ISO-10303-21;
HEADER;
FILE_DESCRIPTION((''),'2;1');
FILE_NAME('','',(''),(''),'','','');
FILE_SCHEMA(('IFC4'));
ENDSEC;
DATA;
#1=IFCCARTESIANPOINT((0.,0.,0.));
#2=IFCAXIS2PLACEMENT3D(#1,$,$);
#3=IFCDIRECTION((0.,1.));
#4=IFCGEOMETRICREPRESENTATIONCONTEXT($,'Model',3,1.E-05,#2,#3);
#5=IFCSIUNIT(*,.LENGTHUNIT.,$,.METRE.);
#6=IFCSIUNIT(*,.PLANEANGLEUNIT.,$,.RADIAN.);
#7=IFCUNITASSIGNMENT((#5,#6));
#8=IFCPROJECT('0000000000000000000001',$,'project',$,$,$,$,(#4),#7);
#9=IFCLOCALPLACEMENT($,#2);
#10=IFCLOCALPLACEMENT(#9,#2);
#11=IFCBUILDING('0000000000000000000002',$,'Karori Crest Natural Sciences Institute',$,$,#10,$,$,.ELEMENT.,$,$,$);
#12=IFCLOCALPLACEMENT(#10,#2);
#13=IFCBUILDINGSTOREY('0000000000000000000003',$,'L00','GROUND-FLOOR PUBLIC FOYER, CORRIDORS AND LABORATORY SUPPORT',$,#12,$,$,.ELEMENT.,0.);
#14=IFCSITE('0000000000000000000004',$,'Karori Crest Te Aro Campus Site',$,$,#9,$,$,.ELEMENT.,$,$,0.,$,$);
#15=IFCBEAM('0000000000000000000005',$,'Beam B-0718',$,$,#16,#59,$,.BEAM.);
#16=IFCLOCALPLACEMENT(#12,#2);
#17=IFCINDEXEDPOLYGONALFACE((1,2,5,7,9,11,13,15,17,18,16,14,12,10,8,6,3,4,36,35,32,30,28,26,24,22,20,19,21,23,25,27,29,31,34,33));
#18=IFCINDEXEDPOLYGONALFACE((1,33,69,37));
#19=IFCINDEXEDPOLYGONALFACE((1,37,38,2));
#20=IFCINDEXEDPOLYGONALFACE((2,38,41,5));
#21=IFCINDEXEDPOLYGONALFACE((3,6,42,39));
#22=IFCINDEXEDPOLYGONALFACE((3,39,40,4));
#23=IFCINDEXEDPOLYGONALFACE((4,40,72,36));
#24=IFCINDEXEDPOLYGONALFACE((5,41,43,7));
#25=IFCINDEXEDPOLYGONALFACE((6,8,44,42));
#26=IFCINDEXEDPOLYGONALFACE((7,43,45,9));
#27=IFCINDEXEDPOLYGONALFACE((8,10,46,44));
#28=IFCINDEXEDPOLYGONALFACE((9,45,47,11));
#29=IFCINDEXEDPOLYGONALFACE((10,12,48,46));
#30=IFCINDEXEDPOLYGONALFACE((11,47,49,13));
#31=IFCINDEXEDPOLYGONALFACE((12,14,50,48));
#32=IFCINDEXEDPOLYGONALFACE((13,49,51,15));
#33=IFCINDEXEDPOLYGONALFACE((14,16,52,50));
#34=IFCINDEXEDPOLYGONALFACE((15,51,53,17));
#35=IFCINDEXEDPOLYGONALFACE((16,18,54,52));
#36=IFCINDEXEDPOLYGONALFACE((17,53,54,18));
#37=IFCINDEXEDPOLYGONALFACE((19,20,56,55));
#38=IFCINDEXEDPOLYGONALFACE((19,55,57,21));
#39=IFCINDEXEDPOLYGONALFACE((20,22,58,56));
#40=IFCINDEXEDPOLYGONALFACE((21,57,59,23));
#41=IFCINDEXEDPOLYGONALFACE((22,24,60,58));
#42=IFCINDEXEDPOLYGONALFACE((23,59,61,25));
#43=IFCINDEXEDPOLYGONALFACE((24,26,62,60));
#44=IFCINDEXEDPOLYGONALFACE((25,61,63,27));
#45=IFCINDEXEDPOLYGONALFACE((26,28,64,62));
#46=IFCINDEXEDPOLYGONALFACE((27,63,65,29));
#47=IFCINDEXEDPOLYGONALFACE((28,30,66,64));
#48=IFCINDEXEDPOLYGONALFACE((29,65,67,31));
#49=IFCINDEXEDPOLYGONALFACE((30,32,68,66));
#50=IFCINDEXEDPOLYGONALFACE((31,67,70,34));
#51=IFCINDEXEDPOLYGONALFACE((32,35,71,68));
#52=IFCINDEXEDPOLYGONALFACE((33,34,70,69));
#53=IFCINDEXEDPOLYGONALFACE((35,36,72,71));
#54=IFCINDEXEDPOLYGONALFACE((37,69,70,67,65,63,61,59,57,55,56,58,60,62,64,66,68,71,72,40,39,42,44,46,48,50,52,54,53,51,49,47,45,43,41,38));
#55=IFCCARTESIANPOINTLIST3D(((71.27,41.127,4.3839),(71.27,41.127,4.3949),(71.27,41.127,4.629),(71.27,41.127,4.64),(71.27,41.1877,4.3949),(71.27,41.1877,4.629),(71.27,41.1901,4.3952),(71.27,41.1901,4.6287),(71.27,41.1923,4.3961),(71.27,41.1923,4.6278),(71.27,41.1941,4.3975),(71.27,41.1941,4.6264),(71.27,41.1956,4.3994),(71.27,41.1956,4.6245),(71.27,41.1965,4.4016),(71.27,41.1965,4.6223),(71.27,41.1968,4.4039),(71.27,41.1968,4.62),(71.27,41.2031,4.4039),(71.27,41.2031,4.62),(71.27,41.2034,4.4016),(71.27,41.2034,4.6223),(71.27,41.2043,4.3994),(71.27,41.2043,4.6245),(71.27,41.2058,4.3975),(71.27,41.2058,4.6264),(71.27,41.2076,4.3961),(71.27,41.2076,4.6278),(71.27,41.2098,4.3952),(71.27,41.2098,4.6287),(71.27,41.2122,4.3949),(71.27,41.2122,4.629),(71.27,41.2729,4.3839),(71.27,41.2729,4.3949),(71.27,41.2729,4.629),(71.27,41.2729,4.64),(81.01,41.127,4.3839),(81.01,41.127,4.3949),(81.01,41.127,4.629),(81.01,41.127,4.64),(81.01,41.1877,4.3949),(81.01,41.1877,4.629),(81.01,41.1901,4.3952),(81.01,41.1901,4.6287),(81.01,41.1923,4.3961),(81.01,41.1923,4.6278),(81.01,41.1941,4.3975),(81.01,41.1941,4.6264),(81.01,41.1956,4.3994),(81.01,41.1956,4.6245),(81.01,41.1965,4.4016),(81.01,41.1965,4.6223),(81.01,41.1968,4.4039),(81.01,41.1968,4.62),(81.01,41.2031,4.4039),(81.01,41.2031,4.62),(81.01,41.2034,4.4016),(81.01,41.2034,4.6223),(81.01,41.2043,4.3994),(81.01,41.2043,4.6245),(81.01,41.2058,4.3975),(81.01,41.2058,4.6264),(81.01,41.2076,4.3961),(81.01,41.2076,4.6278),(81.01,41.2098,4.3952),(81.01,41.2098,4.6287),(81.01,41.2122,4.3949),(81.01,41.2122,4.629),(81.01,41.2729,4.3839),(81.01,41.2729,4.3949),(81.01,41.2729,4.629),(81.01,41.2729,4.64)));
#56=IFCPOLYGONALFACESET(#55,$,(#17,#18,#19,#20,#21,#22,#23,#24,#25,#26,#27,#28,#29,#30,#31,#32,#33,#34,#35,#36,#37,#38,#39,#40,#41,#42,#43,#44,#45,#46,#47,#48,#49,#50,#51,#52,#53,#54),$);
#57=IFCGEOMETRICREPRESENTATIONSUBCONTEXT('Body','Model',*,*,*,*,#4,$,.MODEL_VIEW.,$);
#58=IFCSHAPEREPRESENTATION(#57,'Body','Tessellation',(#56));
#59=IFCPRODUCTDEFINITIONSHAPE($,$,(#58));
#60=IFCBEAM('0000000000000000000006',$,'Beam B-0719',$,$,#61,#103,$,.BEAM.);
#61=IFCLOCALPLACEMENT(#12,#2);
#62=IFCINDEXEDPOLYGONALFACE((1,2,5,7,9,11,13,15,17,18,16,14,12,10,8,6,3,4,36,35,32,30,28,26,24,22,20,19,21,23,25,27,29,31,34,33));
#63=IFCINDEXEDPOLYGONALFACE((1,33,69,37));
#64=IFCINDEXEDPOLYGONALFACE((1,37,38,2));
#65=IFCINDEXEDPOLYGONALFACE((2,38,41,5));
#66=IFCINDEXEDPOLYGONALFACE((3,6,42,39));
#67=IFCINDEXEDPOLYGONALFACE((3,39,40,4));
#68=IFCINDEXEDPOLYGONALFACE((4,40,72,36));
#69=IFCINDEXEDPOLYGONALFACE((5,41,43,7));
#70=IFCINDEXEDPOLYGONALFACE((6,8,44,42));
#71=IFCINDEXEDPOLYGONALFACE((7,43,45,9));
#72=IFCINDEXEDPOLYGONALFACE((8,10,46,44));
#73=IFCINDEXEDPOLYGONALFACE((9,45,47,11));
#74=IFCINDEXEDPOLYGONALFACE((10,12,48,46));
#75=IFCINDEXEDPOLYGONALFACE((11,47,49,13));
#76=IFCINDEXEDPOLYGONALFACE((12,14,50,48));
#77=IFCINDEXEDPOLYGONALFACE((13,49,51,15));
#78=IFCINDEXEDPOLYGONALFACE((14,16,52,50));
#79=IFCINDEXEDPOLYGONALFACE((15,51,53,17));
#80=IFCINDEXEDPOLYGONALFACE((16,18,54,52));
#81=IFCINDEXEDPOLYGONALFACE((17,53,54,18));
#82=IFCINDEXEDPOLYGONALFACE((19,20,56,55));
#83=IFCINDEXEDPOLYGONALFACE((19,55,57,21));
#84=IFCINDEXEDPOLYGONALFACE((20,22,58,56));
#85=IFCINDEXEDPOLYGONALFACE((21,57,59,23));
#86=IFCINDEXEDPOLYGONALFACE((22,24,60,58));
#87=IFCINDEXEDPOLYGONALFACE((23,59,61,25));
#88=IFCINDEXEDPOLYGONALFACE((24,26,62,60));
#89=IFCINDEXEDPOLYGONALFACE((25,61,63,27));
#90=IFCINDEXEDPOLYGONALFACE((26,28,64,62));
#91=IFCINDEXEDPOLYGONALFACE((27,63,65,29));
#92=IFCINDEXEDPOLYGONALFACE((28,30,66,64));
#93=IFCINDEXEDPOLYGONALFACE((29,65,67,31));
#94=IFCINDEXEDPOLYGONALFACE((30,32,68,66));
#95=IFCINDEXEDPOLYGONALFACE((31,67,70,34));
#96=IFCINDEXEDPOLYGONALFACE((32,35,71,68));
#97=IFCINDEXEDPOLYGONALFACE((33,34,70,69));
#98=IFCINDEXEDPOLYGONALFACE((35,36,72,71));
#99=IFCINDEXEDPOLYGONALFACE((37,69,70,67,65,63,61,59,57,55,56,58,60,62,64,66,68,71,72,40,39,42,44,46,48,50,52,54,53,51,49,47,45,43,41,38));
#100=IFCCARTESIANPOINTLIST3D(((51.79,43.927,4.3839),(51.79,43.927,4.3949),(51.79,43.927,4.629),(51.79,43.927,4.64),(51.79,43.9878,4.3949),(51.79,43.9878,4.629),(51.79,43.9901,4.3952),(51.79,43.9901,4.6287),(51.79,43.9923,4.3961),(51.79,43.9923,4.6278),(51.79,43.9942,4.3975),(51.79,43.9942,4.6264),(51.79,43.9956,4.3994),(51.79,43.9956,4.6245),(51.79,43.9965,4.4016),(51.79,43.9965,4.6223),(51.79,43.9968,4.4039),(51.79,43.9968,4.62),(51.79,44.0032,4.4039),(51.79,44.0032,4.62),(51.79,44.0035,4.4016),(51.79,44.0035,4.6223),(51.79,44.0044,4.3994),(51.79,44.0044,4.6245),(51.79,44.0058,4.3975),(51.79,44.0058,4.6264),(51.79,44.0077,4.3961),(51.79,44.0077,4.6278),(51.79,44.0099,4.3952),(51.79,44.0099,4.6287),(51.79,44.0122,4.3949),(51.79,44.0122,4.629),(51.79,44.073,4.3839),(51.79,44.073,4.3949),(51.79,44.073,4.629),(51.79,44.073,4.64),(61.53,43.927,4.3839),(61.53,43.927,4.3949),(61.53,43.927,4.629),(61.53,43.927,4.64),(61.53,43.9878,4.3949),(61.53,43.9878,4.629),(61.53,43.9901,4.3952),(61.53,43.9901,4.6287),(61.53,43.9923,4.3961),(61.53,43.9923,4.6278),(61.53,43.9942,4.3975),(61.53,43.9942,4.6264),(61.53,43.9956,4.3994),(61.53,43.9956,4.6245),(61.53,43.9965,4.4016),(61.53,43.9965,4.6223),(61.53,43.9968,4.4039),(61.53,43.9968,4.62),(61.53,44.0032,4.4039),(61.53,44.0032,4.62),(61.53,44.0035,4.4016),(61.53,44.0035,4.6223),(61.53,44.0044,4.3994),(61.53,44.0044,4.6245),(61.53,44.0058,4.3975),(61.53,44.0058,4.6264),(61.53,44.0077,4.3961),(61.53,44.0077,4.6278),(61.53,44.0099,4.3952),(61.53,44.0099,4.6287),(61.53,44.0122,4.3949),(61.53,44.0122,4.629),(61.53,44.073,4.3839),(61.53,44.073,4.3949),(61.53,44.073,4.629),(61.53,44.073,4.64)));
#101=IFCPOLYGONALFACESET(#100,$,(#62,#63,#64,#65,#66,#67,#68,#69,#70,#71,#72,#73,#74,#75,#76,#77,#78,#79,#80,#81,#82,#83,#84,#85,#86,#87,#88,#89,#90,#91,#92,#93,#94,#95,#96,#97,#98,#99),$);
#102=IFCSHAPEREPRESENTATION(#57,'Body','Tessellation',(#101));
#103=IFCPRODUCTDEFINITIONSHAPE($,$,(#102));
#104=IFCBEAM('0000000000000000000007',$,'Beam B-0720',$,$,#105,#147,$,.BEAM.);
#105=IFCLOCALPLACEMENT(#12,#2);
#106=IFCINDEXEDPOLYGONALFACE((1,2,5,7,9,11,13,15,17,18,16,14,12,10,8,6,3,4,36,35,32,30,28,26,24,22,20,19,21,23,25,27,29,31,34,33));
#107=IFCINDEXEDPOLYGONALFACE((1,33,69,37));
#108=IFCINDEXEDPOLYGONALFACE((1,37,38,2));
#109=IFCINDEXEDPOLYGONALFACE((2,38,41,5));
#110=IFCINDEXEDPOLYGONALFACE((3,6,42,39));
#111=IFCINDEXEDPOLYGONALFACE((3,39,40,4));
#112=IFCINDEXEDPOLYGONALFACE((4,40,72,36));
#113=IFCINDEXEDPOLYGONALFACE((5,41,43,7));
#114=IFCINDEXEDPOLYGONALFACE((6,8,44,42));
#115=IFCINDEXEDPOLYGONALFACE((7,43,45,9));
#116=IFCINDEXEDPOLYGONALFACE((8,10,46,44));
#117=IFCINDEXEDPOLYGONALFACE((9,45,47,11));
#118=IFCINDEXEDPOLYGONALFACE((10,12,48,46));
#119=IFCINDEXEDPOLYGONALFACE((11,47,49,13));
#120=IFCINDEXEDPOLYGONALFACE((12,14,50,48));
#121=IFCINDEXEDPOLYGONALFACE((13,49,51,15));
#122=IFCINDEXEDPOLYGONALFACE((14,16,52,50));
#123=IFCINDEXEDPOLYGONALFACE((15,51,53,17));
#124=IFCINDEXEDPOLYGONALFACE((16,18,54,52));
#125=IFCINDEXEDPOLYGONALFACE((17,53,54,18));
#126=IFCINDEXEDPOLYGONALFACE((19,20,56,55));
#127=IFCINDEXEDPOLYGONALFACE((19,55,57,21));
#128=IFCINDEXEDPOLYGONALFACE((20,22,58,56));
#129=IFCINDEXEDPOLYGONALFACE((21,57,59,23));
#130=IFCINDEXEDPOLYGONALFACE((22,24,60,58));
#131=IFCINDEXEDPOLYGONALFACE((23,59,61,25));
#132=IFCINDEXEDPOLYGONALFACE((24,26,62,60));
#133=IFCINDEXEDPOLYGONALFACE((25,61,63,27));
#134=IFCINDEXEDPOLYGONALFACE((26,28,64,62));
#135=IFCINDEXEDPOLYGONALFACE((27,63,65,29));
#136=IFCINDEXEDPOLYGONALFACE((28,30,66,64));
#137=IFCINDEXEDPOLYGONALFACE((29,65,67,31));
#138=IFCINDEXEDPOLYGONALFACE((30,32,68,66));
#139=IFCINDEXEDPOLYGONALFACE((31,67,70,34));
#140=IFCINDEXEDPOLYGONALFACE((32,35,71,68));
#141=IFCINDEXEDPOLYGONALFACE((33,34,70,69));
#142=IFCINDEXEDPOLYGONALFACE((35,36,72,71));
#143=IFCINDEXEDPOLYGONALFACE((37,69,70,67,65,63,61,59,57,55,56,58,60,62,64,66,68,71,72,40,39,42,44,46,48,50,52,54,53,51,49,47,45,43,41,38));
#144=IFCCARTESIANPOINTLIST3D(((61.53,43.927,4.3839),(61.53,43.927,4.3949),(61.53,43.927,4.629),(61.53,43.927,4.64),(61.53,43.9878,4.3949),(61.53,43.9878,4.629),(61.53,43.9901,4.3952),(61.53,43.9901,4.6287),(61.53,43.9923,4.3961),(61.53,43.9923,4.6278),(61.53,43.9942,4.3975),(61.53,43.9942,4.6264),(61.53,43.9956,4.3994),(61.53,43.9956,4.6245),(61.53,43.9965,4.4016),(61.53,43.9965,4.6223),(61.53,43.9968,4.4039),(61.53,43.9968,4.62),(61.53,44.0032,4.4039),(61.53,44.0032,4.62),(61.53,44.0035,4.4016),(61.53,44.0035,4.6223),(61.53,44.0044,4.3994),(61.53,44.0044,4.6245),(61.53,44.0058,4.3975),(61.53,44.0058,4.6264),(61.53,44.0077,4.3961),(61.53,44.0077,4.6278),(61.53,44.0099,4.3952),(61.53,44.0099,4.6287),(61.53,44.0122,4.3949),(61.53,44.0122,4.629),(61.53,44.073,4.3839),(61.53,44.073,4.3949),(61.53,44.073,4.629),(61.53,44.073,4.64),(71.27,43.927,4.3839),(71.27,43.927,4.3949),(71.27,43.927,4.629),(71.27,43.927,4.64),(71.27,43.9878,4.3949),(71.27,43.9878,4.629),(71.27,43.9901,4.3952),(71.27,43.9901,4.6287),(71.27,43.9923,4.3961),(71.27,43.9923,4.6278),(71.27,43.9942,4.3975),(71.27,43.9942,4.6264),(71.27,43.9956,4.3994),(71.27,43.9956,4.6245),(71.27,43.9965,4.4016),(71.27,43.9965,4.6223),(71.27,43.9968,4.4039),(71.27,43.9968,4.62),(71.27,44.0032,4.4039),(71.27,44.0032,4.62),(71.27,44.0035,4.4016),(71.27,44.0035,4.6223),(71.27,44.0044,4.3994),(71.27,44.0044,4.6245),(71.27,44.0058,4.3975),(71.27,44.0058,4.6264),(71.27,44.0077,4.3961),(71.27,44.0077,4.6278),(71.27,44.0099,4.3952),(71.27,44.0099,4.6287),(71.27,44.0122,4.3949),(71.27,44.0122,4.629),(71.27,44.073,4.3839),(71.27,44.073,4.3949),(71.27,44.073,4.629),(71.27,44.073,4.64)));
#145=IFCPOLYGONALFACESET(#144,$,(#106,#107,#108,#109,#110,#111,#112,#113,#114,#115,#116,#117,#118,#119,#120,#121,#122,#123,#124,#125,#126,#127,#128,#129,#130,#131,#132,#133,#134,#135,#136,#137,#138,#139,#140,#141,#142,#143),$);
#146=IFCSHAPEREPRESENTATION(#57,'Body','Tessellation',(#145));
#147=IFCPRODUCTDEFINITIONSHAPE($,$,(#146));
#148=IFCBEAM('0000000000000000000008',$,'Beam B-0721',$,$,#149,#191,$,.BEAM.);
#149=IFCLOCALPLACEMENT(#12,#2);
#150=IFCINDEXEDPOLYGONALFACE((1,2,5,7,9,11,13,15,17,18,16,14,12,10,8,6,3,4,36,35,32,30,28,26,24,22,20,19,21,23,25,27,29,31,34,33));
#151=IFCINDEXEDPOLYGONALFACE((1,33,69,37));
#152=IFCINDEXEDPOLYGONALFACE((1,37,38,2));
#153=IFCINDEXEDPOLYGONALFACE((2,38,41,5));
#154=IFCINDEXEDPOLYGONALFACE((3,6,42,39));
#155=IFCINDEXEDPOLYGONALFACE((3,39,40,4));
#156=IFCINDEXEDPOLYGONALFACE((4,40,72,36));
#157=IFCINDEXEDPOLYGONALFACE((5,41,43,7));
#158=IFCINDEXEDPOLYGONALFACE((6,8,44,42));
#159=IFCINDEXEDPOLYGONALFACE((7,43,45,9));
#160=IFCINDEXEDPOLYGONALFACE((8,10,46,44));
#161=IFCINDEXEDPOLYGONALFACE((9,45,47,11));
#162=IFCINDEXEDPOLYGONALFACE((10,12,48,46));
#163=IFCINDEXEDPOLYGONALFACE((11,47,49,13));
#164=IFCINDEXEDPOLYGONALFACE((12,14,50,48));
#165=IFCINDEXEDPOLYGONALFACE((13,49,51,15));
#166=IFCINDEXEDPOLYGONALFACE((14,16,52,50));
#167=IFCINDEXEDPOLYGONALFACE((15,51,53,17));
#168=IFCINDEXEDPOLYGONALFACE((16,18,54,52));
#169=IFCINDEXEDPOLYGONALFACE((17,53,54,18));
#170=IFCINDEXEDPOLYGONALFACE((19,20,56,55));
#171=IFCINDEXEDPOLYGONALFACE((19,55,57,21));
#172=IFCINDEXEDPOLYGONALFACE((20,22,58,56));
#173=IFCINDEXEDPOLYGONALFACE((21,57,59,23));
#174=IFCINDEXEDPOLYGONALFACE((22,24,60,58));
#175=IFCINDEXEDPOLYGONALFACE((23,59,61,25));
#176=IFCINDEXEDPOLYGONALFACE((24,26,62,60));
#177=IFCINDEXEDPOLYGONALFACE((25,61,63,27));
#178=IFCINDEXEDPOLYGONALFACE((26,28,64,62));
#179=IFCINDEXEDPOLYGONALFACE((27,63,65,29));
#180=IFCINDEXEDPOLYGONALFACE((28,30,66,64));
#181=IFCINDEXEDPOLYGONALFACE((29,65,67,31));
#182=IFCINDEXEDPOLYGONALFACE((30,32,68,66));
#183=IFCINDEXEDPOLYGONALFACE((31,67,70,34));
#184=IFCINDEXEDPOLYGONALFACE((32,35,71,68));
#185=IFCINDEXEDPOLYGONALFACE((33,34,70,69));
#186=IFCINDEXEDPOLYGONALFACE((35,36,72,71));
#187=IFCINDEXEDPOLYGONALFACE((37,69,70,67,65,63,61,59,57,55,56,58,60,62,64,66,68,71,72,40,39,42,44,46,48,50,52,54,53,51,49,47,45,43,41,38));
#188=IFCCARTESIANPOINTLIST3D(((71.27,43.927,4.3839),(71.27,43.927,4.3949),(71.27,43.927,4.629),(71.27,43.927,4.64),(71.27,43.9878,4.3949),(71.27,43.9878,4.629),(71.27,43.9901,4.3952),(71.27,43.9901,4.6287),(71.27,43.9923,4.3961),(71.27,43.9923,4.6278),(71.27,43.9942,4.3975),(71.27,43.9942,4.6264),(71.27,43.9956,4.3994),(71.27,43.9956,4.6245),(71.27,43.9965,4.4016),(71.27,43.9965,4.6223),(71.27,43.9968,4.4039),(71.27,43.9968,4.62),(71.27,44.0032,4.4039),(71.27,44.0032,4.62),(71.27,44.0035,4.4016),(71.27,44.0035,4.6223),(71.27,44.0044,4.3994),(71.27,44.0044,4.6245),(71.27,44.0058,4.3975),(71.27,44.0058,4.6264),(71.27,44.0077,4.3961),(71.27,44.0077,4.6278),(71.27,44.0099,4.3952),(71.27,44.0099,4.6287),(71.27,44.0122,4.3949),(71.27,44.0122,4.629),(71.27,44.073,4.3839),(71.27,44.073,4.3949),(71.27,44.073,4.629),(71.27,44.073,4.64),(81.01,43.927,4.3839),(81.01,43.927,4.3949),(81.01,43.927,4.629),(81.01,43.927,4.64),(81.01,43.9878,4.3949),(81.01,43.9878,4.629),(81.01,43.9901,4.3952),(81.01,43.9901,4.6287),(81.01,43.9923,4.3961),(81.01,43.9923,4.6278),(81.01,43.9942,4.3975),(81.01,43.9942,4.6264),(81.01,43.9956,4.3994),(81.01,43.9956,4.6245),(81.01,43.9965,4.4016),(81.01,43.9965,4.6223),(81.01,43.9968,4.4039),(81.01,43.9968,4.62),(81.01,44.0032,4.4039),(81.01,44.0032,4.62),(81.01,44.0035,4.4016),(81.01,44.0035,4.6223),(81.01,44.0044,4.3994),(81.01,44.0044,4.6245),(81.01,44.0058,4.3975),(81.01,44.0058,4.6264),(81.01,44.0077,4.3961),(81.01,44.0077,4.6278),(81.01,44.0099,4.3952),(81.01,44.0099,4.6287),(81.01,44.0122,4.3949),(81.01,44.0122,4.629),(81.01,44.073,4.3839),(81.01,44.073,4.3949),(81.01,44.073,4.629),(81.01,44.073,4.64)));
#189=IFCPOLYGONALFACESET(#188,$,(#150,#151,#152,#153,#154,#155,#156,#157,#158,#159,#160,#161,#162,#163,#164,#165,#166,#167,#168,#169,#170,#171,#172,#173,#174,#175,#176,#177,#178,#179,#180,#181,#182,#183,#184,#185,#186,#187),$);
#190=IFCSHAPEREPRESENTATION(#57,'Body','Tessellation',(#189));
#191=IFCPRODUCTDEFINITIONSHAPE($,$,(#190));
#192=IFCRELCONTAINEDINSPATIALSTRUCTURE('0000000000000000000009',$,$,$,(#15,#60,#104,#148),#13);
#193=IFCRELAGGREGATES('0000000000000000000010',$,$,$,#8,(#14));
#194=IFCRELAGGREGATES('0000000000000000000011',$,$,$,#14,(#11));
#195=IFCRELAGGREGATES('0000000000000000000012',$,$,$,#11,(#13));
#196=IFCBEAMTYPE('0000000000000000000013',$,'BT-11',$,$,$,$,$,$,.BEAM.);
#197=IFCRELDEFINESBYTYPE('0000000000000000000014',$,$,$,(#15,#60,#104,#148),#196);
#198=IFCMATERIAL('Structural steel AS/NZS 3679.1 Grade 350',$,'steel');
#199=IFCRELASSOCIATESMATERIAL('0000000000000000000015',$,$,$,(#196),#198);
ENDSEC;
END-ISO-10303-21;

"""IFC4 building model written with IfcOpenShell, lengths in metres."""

from ifc_helpers import new_model, si_unit, direction, frame, origin, origin_2d, place, context, subcontext, project, spatial, i_section, extrude, material, material_profile, profile_set, type_object, element, save


model = new_model("IFC4")

# Units and contexts
model_context = context("Model", 3, precision=1e-05, world=origin(), true_north=direction((0.0, 1.0)))
body_context = subcontext(model_context, "Body", "Model", "MODEL_VIEW")
ifc_project = project(units=[si_unit("LENGTHUNIT", "METRE"), si_unit("PLANEANGLEUNIT", "RADIAN")], contexts=[model_context])

# Site, building, storey
site_placement = place(None, origin())
site = spatial("IfcSite", under=ifc_project, at=site_placement, Name="Karori Crest Te Aro Campus Site", CompositionType="ELEMENT", RefElevation=0.0)
building_placement = place(site_placement, origin())
building = spatial("IfcBuilding", under=site, at=building_placement, Name="Karori Crest Natural Sciences Institute", CompositionType="ELEMENT")
storey_placement = place(building_placement, origin())
storey = spatial("IfcBuildingStorey", under=building, at=storey_placement, Name="L00", Description="GROUND-FLOOR PUBLIC FOYER, CORRIDORS AND LABORATORY SUPPORT", CompositionType="ELEMENT", Elevation=0.0)

# Beams
ifc_material_1 = material(Name="Structural steel AS/NZS 3679.1 Grade 350", Category="steel")
ifc_material_profile_1 = material_profile(ifc_material_1, i_section(OverallWidth=0.146, OverallDepth=0.2561, WebThickness=0.0063, FlangeThickness=0.011, FilletRadius=0.009, at=origin_2d()), Name="250UB37.3")
ifc_profile_set_1 = profile_set([ifc_material_profile_1], Name="Structural steel AS/NZS 3679.1 Grade 350")
beam_type_1 = type_object("IfcBeamType", Name="BT-11", PredefinedType="BEAM", material=ifc_profile_set_1)
for number, where, z_axis, x_axis, name in (
    (1, (71.27, 41.2, 4.512), (1.0, 0.0, 0.0), (0.0, 1.0, 0.0), "Beam B-0718"),
    (2, (51.79, 44.0, 4.512), (1.0, 0.0, 0.0), (0.0, 1.0, 0.0), "Beam B-0719"),
    (3, (61.53, 44.0, 4.512), (1.0, 0.0, 0.0), (0.0, 1.0, 0.0), "Beam B-0720"),
    (4, (71.27, 44.0, 4.512), (1.0, 0.0, 0.0), (0.0, 1.0, 0.0), "Beam B-0721"),
):
    element("IfcBeam", number, at=place(storey_placement, frame(where, z_axis=z_axis, x_axis=x_axis)), inside=storey, type_object=beam_type_1, Name=name, PredefinedType="BEAM", context=body_context, shape_type="SweptSolid", body=[
        extrude(i_section(OverallWidth=0.146, OverallDepth=0.2561, WebThickness=0.0063, FlangeThickness=0.011, FilletRadius=0.009, at=origin_2d()), origin(), (0.0, 0.0, 1.0), 9.74),
    ])

save(model, "model.ifc")
